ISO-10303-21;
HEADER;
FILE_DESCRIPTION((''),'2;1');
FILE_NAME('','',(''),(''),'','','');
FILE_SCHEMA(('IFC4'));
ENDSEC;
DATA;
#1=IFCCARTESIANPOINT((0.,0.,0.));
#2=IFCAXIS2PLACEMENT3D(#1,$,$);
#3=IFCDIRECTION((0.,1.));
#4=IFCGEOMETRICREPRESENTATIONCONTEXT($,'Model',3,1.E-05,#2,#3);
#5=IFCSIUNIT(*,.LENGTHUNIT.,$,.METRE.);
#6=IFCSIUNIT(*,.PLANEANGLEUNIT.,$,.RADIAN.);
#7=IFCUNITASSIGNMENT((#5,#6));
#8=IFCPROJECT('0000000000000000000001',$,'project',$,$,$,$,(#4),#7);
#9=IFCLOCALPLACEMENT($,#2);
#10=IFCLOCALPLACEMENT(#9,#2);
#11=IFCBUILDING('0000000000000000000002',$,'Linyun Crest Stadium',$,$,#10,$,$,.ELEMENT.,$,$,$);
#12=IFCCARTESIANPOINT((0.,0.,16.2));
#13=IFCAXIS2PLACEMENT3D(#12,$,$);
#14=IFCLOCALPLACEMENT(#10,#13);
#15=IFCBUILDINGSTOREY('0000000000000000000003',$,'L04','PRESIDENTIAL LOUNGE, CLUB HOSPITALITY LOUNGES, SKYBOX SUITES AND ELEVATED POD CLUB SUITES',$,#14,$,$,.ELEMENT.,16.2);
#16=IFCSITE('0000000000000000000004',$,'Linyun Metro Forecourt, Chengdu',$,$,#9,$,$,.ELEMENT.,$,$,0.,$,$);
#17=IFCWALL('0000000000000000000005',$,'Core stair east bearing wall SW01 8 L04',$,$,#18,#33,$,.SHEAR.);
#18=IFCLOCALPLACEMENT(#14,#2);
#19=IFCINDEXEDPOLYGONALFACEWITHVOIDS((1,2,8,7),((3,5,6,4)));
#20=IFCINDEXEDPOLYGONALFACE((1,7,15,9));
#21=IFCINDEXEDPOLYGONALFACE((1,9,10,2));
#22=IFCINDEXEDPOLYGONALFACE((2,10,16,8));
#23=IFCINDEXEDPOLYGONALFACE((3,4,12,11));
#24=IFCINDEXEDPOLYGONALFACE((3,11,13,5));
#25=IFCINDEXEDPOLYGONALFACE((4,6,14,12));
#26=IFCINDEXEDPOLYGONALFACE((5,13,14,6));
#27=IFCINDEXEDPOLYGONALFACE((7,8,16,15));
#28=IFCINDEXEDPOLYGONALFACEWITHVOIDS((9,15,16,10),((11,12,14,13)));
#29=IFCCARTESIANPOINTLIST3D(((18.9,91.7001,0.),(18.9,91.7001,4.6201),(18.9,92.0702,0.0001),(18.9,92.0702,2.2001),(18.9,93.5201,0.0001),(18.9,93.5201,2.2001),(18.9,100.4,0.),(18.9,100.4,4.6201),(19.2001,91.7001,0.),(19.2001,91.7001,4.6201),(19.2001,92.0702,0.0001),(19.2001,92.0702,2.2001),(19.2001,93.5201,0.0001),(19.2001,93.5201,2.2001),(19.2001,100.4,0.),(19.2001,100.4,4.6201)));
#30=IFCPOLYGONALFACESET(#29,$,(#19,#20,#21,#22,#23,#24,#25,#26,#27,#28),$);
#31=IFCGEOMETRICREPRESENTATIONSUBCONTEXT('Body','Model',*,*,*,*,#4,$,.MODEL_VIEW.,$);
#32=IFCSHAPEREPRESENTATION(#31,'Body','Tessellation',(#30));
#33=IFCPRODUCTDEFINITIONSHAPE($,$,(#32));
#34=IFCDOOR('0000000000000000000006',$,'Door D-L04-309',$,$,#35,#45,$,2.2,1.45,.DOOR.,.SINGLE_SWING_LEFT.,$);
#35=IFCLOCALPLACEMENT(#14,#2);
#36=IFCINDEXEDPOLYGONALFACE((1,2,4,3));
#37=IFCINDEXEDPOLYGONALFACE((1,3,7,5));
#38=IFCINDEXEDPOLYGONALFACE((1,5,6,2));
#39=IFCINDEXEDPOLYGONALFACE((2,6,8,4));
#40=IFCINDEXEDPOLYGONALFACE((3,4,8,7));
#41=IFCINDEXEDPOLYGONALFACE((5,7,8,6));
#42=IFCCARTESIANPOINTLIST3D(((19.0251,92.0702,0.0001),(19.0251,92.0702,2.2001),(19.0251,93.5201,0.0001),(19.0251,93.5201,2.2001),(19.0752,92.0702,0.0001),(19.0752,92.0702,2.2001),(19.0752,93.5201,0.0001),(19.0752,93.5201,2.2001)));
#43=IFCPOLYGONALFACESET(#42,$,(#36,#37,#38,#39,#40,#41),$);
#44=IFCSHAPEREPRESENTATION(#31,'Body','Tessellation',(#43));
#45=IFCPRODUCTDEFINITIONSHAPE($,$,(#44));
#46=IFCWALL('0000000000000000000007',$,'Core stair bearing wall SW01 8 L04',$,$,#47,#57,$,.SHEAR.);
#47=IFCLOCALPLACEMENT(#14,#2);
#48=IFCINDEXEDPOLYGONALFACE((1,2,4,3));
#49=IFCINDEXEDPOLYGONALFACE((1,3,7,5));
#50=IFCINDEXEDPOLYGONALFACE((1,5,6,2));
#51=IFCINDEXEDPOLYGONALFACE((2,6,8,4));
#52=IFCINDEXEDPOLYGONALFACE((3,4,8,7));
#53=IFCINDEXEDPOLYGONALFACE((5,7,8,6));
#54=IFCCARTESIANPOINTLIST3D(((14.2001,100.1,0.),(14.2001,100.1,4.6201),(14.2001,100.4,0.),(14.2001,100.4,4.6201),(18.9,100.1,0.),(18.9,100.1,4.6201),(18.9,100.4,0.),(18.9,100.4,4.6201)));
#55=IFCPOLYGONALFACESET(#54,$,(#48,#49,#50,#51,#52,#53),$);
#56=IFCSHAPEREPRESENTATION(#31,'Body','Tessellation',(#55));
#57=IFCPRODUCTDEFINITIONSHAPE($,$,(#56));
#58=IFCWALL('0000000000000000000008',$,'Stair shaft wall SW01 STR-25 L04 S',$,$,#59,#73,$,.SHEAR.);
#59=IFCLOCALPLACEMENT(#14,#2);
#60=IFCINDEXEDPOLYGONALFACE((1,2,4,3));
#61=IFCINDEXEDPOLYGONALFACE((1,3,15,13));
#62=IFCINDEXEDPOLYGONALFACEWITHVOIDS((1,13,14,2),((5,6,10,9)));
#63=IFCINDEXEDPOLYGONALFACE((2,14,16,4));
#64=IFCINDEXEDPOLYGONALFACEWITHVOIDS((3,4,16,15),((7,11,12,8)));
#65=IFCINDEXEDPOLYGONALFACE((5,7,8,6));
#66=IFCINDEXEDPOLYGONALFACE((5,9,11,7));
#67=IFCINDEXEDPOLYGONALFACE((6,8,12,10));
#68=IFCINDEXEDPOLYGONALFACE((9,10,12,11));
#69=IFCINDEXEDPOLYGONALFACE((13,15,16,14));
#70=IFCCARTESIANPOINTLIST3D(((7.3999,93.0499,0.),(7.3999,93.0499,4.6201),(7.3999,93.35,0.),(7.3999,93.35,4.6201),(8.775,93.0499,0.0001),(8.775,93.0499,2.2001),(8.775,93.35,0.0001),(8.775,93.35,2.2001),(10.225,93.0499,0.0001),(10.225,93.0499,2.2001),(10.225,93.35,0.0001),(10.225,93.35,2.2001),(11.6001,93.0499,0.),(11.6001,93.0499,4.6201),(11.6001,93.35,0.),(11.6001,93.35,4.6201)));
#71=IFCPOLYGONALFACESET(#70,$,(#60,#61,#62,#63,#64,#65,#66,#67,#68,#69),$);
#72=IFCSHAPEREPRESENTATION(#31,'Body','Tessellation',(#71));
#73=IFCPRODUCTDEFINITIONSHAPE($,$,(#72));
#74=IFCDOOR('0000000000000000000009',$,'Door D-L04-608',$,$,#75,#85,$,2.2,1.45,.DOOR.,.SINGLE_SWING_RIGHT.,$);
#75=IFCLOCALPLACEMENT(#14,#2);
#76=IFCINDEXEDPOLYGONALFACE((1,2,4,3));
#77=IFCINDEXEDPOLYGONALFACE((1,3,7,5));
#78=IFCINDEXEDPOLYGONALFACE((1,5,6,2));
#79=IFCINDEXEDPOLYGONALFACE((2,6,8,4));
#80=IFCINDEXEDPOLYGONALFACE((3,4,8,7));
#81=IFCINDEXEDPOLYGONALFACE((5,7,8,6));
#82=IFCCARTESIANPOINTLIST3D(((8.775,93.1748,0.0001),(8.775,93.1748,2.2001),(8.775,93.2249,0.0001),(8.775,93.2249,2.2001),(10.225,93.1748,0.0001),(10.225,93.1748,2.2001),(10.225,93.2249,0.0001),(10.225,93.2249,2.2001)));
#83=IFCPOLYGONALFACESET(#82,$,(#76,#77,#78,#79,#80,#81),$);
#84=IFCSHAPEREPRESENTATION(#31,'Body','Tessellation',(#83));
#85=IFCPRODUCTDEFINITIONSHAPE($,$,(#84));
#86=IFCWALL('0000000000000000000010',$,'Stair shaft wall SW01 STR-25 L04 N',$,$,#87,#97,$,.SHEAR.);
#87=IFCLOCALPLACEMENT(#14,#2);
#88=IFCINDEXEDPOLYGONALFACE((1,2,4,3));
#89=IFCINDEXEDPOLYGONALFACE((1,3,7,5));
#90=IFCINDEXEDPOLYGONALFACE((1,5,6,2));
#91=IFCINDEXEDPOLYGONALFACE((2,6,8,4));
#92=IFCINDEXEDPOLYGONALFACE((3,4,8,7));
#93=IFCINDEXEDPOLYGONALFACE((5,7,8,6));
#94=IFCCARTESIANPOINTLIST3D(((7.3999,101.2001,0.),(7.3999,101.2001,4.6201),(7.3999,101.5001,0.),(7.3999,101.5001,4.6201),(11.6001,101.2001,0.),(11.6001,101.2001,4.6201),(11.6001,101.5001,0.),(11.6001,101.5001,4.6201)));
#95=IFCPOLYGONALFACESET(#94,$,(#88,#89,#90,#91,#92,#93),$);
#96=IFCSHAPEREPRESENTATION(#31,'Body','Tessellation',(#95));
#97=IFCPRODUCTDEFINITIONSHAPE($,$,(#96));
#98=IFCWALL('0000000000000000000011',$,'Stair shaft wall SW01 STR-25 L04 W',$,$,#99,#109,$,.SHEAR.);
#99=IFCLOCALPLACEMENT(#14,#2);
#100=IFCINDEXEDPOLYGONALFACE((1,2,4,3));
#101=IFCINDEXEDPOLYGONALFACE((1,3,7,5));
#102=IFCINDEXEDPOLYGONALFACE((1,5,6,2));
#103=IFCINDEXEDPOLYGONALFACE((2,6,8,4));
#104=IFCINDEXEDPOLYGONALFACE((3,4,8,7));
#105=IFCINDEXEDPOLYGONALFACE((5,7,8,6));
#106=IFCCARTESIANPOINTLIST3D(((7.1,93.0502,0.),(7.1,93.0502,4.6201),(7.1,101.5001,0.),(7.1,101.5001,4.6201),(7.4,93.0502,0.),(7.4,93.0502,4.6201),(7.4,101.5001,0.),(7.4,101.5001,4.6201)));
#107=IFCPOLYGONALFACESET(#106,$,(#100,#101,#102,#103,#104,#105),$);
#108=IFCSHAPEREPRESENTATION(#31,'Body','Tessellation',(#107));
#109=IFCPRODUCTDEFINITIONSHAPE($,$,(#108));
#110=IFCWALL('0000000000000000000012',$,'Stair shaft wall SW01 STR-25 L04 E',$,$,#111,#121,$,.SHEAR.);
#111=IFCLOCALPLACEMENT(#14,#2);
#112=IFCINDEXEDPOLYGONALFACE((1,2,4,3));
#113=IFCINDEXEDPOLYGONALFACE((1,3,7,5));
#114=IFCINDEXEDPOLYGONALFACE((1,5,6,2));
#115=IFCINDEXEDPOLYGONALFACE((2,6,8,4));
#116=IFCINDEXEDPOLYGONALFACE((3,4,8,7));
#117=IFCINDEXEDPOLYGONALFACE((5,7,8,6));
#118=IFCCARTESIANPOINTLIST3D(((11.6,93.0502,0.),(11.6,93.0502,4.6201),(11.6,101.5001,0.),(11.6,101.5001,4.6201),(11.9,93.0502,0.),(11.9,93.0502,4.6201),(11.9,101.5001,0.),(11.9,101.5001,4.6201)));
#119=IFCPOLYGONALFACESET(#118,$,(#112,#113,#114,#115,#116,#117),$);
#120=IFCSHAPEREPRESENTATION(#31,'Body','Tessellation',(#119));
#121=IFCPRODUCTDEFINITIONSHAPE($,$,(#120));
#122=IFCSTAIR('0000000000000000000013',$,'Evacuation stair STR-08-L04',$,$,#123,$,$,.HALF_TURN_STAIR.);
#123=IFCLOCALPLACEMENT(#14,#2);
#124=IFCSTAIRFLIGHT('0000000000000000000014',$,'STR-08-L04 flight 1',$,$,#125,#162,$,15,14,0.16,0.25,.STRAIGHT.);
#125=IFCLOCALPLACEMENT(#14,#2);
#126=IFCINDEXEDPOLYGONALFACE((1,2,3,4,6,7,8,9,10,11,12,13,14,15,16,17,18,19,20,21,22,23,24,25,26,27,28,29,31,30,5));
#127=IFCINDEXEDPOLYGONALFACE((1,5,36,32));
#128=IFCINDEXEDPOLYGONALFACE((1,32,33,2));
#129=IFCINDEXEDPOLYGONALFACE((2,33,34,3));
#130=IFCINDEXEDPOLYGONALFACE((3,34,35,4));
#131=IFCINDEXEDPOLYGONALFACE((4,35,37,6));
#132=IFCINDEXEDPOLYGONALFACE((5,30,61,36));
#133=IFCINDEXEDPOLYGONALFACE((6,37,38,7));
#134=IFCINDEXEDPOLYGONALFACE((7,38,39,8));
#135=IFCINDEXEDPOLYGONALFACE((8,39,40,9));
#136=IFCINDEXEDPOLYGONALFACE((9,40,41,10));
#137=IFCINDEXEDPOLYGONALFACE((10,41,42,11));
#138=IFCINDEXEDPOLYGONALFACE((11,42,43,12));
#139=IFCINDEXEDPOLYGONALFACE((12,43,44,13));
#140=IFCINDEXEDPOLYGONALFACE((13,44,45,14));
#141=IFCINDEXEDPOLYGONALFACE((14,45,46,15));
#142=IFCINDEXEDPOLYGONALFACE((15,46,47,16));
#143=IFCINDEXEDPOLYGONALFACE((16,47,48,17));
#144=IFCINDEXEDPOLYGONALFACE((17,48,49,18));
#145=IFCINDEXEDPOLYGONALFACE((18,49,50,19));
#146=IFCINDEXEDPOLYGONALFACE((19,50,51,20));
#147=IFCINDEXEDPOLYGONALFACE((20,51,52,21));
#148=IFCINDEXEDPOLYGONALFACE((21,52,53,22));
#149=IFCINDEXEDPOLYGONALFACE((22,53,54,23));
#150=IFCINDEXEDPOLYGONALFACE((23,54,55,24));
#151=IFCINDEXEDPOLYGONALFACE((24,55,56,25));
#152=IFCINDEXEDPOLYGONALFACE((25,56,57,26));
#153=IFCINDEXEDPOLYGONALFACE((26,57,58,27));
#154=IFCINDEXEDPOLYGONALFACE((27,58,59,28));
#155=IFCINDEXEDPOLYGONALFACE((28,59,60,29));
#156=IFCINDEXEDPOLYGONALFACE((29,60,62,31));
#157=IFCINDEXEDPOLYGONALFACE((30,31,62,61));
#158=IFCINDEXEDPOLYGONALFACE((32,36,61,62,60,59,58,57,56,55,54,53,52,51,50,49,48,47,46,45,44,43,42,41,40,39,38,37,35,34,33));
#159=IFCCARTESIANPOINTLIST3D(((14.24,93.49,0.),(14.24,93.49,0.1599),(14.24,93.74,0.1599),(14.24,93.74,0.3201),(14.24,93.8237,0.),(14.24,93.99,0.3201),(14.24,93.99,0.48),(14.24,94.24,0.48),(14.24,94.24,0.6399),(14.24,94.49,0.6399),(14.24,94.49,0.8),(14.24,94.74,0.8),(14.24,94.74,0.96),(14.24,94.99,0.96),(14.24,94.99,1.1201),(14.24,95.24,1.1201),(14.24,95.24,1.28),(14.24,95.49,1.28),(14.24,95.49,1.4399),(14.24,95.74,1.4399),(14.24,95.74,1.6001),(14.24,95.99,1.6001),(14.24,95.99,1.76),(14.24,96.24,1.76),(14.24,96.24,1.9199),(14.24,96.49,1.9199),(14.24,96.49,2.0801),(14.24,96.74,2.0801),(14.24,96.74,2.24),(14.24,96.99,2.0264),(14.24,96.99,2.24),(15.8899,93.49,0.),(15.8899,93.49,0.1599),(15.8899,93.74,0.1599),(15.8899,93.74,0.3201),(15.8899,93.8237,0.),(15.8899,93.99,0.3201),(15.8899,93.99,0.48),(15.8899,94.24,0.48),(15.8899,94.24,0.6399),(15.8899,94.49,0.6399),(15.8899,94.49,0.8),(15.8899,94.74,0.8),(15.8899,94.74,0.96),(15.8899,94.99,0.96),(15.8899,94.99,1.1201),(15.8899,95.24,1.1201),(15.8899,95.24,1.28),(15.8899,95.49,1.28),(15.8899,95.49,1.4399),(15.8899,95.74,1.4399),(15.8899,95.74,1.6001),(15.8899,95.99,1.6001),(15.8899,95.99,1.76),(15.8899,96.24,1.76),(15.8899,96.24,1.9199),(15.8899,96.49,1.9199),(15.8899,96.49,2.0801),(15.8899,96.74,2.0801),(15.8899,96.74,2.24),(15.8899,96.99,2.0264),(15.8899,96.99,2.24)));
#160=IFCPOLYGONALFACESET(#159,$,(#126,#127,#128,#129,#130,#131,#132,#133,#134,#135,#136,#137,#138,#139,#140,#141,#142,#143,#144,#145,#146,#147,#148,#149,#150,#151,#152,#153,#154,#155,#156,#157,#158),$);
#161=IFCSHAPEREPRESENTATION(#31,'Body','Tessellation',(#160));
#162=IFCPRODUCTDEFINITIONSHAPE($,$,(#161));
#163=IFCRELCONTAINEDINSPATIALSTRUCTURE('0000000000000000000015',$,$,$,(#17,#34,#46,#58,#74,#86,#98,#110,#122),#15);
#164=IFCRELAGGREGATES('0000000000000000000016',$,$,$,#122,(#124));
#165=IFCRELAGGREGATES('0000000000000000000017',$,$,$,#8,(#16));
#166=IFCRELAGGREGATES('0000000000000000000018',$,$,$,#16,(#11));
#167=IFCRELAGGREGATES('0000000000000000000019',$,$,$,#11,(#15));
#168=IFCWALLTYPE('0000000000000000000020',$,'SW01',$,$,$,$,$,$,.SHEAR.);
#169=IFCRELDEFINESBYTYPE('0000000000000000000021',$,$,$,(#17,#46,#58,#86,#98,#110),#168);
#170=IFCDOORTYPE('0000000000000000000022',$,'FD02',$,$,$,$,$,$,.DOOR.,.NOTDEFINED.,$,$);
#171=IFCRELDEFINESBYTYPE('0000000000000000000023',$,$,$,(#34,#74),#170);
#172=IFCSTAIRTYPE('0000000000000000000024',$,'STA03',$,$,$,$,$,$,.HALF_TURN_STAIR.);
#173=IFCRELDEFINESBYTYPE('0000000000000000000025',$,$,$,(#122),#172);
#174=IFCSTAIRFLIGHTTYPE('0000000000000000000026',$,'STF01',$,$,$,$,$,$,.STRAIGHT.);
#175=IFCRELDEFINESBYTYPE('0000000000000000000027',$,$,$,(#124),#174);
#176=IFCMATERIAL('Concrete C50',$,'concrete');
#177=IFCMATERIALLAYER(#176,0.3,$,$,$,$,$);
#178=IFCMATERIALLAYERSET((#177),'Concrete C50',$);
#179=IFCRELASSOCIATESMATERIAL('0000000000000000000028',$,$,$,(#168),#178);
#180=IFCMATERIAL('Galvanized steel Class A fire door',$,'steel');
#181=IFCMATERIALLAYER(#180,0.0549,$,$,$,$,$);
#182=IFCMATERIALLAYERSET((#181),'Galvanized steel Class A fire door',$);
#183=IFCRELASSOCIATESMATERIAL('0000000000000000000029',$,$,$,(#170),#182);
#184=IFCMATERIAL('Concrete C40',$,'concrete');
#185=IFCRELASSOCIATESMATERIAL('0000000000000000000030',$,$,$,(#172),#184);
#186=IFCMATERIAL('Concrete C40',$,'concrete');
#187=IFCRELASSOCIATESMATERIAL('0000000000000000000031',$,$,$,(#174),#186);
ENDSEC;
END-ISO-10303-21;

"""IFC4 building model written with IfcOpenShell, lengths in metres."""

from ifc_helpers import new_model, si_unit, direction, frame, frame_2d, origin, place, context, subcontext, project, spatial, polyline, rectangle, outline, extrude, material, layer, layer_set, type_object, element, fill, aggregate, save


model = new_model("IFC4")

# Units and contexts
model_context = context("Model", 3, precision=1e-05, world=origin(), true_north=direction((0.0, 1.0)))
body_context = subcontext(model_context, "Body", "Model", "MODEL_VIEW")
ifc_project = project(units=[si_unit("LENGTHUNIT", "METRE"), si_unit("PLANEANGLEUNIT", "RADIAN")], contexts=[model_context])

# Site, building, storey
site_placement = place(None, origin())
site = spatial("IfcSite", under=ifc_project, at=site_placement, Name="Linyun Metro Forecourt, Chengdu", CompositionType="ELEMENT", RefElevation=0.0)
building_placement = place(site_placement, origin())
building = spatial("IfcBuilding", under=site, at=building_placement, Name="Linyun Crest Stadium", CompositionType="ELEMENT")
storey_placement = place(building_placement, frame((0.0, 0.0, 16.2)))
storey = spatial("IfcBuildingStorey", under=building, at=storey_placement, Name="L04", Description="PRESIDENTIAL LOUNGE, CLUB HOSPITALITY LOUNGES, SKYBOX SUITES AND ELEVATED POD CLUB SUITES", CompositionType="ELEMENT", Elevation=16.2)

# Wall, opening, door
ifc_material_1 = material(Name="Concrete C50", Category="concrete")
ifc_layer_1 = layer(ifc_material_1, 0.3)
ifc_layer_set_1 = layer_set([ifc_layer_1], Name="Concrete C50")
wall_type_1 = type_object("IfcWallType", Name="SW01", PredefinedType="SHEAR", material=ifc_layer_set_1)
wall_1_placement = place(storey_placement, frame((19.05, 91.7, 0.0), z_axis=(0.0, 0.0, 1.0), x_axis=(0.0, 1.0, 0.0)))
wall_1 = element("IfcWall", 1, at=wall_1_placement, inside=storey, type_object=wall_type_1, Name="Core stair east bearing wall SW01 8 L04", PredefinedType="SHEAR", context=body_context, shape_type="SweptSolid", body=[
    extrude(rectangle(XDim=8.7, YDim=0.3, at=frame_2d((4.3501, 0.0))), origin(), (0.0, 0.0, 1.0), 4.6201),
])
opening_1_placement = place(wall_1_placement, frame((0.3701, 0.0, 0.0)))
opening_1 = element("IfcOpeningElement", 2, at=opening_1_placement, cuts=wall_1, PredefinedType="OPENING", context=body_context, shape_type="SweptSolid", body=[
    extrude(rectangle(XDim=1.45, YDim=2.2, at=frame_2d((0.7251, 1.1001))), frame((0.0, 0.1599, 0.0), z_axis=(0.0, -1.0, 0.0), x_axis=(1.0, 0.0, 0.0)), (0.0, 0.0, 1.0), 0.3201),
])
ifc_material_2 = material(Name="Galvanized steel Class A fire door", Category="steel")
ifc_layer_2 = layer(ifc_material_2, 0.0549)
ifc_layer_set_2 = layer_set([ifc_layer_2], Name="Galvanized steel Class A fire door")
door_type = type_object("IfcDoorType", Name="FD02", OperationType="NOTDEFINED", PredefinedType="DOOR", material=ifc_layer_set_2)
door_1_placement = place(opening_1_placement, origin())
door_1 = element("IfcDoor", 3, at=door_1_placement, inside=storey, type_object=door_type, Name="Door D-L04-309", OperationType="SINGLE_SWING_LEFT", OverallHeight=2.2, OverallWidth=1.45, PredefinedType="DOOR", context=body_context, shape_type="SweptSolid", body=[
    extrude(rectangle(XDim=1.45, YDim=2.2, at=frame_2d((0.7251, 1.1001))), frame((0.0, 0.0249, 0.0), z_axis=(0.0, -1.0, 0.0), x_axis=(1.0, 0.0, 0.0)), (0.0, 0.0, 1.0), 0.05),
])
fill(opening_1, door_1)

# Wall
wall_2_placement = place(storey_placement, frame((14.2, 100.25, 0.0), z_axis=(0.0, 0.0, 1.0), x_axis=(1.0, 0.0, 0.0)))
element("IfcWall", 4, at=wall_2_placement, inside=storey, type_object=wall_type_1, Name="Core stair bearing wall SW01 8 L04", PredefinedType="SHEAR", context=body_context, shape_type="SweptSolid", body=[
    extrude(rectangle(XDim=4.7, YDim=0.3, at=frame_2d((2.3501, 0.0))), origin(), (0.0, 0.0, 1.0), 4.6201),
])

# Wall, opening, door
wall_3_placement = place(storey_placement, frame((7.3999, 93.2, 0.0), z_axis=(0.0, 0.0, 1.0), x_axis=(1.0, 0.0, 0.0)))
wall_3 = element("IfcWall", 5, at=wall_3_placement, inside=storey, type_object=wall_type_1, Name="Stair shaft wall SW01 STR-25 L04 S", PredefinedType="SHEAR", context=body_context, shape_type="SweptSolid", body=[
    extrude(rectangle(XDim=4.2002, YDim=0.3, at=frame_2d((2.1001, 0.0))), origin(), (0.0, 0.0, 1.0), 4.6201),
])
opening_2_placement = place(wall_3_placement, frame((1.375, 0.0, 0.0)))
opening_2 = element("IfcOpeningElement", 6, at=opening_2_placement, cuts=wall_3, PredefinedType="OPENING", context=body_context, shape_type="SweptSolid", body=[
    extrude(rectangle(XDim=1.45, YDim=2.2, at=frame_2d((0.7251, 1.1001))), frame((0.0, 0.1599, 0.0), z_axis=(0.0, -1.0, 0.0), x_axis=(1.0, 0.0, 0.0)), (0.0, 0.0, 1.0), 0.3201),
])
door_2_placement = place(opening_2_placement, origin())
door_2 = element("IfcDoor", 7, at=door_2_placement, inside=storey, type_object=door_type, Name="Door D-L04-608", OperationType="SINGLE_SWING_RIGHT", OverallHeight=2.2, OverallWidth=1.45, PredefinedType="DOOR", context=body_context, shape_type="SweptSolid", body=[
    extrude(rectangle(XDim=1.45, YDim=2.2, at=frame_2d((0.7251, 1.1001))), frame((0.0, 0.0249, 0.0), z_axis=(0.0, -1.0, 0.0), x_axis=(1.0, 0.0, 0.0)), (0.0, 0.0, 1.0), 0.05),
])
fill(opening_2, door_2)

# Walls
wall_4_placement = place(storey_placement, frame((7.3999, 101.3501, 0.0), z_axis=(0.0, 0.0, 1.0), x_axis=(1.0, 0.0, 0.0)))
element("IfcWall", 8, at=wall_4_placement, inside=storey, type_object=wall_type_1, Name="Stair shaft wall SW01 STR-25 L04 N", PredefinedType="SHEAR", context=body_context, shape_type="SweptSolid", body=[
    extrude(rectangle(XDim=4.2002, YDim=0.3, at=frame_2d((2.1001, 0.0))), origin(), (0.0, 0.0, 1.0), 4.6201),
])
for number, where, z_axis, x_axis, name in (
    (9, (7.25, 93.05, 0.0), (0.0, 0.0, 1.0), (0.0, 1.0, 0.0), "Stair shaft wall SW01 STR-25 L04 W"),
    (10, (11.75, 93.05, 0.0), (0.0, 0.0, 1.0), (0.0, 1.0, 0.0), "Stair shaft wall SW01 STR-25 L04 E"),
):
    element("IfcWall", number, at=place(storey_placement, frame(where, z_axis=z_axis, x_axis=x_axis)), inside=storey, type_object=wall_type_1, Name=name, PredefinedType="SHEAR", context=body_context, shape_type="SweptSolid", body=[
        extrude(rectangle(XDim=8.45, YDim=0.3, at=frame_2d((4.2251, 0.0))), origin(), (0.0, 0.0, 1.0), 4.6201),
    ])

# Stair, stair flight
ifc_material_3 = material(Name="Concrete C40", Category="concrete")
stair_type = type_object("IfcStairType", Name="STA03", PredefinedType="HALF_TURN_STAIR", material=ifc_material_3)
stair_1_placement = place(storey_placement, origin())
stair_1 = element("IfcStair", 11, at=stair_1_placement, inside=storey, type_object=stair_type, Name="Evacuation stair STR-08-L04", PredefinedType="HALF_TURN_STAIR")
ifc_material_4 = material(Name="Concrete C40", Category="concrete")
stair_flight_type_1 = type_object("IfcStairFlightType", Name="STF01", PredefinedType="STRAIGHT", material=ifc_material_4)
stair_flight_1_placement = place(storey_placement, frame((15.0649, 93.49, 0.0), z_axis=(0.0, 0.0, 1.0), x_axis=(0.0, 1.0, 0.0)))
stair_flight_1 = element("IfcStairFlight", 12, at=stair_flight_1_placement, type_object=stair_flight_type_1, Name="STR-08-L04 flight 1", NumberOfRisers=15, NumberOfTreads=14, PredefinedType="STRAIGHT", RiserHeight=0.16, TreadLength=0.25, context=body_context, shape_type="SweptSolid", body=[
    extrude(outline(polyline([(0.0, 0.0), (0.0, 0.1599), (0.25, 0.1599), (0.25, 0.3201), (0.5, 0.3201), (0.5, 0.48), (0.75, 0.48), (0.75, 0.6399), (1.0, 0.6399), (1.0, 0.8), (1.25, 0.8), (1.25, 0.96), (1.5, 0.96), (1.5, 1.1201), (1.75, 1.1201), (1.75, 1.28), (2.0, 1.28), (2.0, 1.4399), (2.25, 1.4399), (2.25, 1.6001), (2.5, 1.6001), (2.5, 1.76), (2.75, 1.76), (2.75, 1.9199), (3.0, 1.9199), (3.0, 2.0801), (3.25, 2.0801), (3.25, 2.24), (3.5, 2.24), (3.5, 2.3999), (3.5, 2.0264), (0.3337, 0.0), (0.0, 0.0)])), frame((0.0, 0.825, 0.0), z_axis=(0.0, -1.0, 0.0), x_axis=(1.0, 0.0, 0.0)), (0.0, 0.0, 1.0), 1.6499),
])
aggregate(stair_1, [stair_flight_1])

save(model, "model.ifc")
